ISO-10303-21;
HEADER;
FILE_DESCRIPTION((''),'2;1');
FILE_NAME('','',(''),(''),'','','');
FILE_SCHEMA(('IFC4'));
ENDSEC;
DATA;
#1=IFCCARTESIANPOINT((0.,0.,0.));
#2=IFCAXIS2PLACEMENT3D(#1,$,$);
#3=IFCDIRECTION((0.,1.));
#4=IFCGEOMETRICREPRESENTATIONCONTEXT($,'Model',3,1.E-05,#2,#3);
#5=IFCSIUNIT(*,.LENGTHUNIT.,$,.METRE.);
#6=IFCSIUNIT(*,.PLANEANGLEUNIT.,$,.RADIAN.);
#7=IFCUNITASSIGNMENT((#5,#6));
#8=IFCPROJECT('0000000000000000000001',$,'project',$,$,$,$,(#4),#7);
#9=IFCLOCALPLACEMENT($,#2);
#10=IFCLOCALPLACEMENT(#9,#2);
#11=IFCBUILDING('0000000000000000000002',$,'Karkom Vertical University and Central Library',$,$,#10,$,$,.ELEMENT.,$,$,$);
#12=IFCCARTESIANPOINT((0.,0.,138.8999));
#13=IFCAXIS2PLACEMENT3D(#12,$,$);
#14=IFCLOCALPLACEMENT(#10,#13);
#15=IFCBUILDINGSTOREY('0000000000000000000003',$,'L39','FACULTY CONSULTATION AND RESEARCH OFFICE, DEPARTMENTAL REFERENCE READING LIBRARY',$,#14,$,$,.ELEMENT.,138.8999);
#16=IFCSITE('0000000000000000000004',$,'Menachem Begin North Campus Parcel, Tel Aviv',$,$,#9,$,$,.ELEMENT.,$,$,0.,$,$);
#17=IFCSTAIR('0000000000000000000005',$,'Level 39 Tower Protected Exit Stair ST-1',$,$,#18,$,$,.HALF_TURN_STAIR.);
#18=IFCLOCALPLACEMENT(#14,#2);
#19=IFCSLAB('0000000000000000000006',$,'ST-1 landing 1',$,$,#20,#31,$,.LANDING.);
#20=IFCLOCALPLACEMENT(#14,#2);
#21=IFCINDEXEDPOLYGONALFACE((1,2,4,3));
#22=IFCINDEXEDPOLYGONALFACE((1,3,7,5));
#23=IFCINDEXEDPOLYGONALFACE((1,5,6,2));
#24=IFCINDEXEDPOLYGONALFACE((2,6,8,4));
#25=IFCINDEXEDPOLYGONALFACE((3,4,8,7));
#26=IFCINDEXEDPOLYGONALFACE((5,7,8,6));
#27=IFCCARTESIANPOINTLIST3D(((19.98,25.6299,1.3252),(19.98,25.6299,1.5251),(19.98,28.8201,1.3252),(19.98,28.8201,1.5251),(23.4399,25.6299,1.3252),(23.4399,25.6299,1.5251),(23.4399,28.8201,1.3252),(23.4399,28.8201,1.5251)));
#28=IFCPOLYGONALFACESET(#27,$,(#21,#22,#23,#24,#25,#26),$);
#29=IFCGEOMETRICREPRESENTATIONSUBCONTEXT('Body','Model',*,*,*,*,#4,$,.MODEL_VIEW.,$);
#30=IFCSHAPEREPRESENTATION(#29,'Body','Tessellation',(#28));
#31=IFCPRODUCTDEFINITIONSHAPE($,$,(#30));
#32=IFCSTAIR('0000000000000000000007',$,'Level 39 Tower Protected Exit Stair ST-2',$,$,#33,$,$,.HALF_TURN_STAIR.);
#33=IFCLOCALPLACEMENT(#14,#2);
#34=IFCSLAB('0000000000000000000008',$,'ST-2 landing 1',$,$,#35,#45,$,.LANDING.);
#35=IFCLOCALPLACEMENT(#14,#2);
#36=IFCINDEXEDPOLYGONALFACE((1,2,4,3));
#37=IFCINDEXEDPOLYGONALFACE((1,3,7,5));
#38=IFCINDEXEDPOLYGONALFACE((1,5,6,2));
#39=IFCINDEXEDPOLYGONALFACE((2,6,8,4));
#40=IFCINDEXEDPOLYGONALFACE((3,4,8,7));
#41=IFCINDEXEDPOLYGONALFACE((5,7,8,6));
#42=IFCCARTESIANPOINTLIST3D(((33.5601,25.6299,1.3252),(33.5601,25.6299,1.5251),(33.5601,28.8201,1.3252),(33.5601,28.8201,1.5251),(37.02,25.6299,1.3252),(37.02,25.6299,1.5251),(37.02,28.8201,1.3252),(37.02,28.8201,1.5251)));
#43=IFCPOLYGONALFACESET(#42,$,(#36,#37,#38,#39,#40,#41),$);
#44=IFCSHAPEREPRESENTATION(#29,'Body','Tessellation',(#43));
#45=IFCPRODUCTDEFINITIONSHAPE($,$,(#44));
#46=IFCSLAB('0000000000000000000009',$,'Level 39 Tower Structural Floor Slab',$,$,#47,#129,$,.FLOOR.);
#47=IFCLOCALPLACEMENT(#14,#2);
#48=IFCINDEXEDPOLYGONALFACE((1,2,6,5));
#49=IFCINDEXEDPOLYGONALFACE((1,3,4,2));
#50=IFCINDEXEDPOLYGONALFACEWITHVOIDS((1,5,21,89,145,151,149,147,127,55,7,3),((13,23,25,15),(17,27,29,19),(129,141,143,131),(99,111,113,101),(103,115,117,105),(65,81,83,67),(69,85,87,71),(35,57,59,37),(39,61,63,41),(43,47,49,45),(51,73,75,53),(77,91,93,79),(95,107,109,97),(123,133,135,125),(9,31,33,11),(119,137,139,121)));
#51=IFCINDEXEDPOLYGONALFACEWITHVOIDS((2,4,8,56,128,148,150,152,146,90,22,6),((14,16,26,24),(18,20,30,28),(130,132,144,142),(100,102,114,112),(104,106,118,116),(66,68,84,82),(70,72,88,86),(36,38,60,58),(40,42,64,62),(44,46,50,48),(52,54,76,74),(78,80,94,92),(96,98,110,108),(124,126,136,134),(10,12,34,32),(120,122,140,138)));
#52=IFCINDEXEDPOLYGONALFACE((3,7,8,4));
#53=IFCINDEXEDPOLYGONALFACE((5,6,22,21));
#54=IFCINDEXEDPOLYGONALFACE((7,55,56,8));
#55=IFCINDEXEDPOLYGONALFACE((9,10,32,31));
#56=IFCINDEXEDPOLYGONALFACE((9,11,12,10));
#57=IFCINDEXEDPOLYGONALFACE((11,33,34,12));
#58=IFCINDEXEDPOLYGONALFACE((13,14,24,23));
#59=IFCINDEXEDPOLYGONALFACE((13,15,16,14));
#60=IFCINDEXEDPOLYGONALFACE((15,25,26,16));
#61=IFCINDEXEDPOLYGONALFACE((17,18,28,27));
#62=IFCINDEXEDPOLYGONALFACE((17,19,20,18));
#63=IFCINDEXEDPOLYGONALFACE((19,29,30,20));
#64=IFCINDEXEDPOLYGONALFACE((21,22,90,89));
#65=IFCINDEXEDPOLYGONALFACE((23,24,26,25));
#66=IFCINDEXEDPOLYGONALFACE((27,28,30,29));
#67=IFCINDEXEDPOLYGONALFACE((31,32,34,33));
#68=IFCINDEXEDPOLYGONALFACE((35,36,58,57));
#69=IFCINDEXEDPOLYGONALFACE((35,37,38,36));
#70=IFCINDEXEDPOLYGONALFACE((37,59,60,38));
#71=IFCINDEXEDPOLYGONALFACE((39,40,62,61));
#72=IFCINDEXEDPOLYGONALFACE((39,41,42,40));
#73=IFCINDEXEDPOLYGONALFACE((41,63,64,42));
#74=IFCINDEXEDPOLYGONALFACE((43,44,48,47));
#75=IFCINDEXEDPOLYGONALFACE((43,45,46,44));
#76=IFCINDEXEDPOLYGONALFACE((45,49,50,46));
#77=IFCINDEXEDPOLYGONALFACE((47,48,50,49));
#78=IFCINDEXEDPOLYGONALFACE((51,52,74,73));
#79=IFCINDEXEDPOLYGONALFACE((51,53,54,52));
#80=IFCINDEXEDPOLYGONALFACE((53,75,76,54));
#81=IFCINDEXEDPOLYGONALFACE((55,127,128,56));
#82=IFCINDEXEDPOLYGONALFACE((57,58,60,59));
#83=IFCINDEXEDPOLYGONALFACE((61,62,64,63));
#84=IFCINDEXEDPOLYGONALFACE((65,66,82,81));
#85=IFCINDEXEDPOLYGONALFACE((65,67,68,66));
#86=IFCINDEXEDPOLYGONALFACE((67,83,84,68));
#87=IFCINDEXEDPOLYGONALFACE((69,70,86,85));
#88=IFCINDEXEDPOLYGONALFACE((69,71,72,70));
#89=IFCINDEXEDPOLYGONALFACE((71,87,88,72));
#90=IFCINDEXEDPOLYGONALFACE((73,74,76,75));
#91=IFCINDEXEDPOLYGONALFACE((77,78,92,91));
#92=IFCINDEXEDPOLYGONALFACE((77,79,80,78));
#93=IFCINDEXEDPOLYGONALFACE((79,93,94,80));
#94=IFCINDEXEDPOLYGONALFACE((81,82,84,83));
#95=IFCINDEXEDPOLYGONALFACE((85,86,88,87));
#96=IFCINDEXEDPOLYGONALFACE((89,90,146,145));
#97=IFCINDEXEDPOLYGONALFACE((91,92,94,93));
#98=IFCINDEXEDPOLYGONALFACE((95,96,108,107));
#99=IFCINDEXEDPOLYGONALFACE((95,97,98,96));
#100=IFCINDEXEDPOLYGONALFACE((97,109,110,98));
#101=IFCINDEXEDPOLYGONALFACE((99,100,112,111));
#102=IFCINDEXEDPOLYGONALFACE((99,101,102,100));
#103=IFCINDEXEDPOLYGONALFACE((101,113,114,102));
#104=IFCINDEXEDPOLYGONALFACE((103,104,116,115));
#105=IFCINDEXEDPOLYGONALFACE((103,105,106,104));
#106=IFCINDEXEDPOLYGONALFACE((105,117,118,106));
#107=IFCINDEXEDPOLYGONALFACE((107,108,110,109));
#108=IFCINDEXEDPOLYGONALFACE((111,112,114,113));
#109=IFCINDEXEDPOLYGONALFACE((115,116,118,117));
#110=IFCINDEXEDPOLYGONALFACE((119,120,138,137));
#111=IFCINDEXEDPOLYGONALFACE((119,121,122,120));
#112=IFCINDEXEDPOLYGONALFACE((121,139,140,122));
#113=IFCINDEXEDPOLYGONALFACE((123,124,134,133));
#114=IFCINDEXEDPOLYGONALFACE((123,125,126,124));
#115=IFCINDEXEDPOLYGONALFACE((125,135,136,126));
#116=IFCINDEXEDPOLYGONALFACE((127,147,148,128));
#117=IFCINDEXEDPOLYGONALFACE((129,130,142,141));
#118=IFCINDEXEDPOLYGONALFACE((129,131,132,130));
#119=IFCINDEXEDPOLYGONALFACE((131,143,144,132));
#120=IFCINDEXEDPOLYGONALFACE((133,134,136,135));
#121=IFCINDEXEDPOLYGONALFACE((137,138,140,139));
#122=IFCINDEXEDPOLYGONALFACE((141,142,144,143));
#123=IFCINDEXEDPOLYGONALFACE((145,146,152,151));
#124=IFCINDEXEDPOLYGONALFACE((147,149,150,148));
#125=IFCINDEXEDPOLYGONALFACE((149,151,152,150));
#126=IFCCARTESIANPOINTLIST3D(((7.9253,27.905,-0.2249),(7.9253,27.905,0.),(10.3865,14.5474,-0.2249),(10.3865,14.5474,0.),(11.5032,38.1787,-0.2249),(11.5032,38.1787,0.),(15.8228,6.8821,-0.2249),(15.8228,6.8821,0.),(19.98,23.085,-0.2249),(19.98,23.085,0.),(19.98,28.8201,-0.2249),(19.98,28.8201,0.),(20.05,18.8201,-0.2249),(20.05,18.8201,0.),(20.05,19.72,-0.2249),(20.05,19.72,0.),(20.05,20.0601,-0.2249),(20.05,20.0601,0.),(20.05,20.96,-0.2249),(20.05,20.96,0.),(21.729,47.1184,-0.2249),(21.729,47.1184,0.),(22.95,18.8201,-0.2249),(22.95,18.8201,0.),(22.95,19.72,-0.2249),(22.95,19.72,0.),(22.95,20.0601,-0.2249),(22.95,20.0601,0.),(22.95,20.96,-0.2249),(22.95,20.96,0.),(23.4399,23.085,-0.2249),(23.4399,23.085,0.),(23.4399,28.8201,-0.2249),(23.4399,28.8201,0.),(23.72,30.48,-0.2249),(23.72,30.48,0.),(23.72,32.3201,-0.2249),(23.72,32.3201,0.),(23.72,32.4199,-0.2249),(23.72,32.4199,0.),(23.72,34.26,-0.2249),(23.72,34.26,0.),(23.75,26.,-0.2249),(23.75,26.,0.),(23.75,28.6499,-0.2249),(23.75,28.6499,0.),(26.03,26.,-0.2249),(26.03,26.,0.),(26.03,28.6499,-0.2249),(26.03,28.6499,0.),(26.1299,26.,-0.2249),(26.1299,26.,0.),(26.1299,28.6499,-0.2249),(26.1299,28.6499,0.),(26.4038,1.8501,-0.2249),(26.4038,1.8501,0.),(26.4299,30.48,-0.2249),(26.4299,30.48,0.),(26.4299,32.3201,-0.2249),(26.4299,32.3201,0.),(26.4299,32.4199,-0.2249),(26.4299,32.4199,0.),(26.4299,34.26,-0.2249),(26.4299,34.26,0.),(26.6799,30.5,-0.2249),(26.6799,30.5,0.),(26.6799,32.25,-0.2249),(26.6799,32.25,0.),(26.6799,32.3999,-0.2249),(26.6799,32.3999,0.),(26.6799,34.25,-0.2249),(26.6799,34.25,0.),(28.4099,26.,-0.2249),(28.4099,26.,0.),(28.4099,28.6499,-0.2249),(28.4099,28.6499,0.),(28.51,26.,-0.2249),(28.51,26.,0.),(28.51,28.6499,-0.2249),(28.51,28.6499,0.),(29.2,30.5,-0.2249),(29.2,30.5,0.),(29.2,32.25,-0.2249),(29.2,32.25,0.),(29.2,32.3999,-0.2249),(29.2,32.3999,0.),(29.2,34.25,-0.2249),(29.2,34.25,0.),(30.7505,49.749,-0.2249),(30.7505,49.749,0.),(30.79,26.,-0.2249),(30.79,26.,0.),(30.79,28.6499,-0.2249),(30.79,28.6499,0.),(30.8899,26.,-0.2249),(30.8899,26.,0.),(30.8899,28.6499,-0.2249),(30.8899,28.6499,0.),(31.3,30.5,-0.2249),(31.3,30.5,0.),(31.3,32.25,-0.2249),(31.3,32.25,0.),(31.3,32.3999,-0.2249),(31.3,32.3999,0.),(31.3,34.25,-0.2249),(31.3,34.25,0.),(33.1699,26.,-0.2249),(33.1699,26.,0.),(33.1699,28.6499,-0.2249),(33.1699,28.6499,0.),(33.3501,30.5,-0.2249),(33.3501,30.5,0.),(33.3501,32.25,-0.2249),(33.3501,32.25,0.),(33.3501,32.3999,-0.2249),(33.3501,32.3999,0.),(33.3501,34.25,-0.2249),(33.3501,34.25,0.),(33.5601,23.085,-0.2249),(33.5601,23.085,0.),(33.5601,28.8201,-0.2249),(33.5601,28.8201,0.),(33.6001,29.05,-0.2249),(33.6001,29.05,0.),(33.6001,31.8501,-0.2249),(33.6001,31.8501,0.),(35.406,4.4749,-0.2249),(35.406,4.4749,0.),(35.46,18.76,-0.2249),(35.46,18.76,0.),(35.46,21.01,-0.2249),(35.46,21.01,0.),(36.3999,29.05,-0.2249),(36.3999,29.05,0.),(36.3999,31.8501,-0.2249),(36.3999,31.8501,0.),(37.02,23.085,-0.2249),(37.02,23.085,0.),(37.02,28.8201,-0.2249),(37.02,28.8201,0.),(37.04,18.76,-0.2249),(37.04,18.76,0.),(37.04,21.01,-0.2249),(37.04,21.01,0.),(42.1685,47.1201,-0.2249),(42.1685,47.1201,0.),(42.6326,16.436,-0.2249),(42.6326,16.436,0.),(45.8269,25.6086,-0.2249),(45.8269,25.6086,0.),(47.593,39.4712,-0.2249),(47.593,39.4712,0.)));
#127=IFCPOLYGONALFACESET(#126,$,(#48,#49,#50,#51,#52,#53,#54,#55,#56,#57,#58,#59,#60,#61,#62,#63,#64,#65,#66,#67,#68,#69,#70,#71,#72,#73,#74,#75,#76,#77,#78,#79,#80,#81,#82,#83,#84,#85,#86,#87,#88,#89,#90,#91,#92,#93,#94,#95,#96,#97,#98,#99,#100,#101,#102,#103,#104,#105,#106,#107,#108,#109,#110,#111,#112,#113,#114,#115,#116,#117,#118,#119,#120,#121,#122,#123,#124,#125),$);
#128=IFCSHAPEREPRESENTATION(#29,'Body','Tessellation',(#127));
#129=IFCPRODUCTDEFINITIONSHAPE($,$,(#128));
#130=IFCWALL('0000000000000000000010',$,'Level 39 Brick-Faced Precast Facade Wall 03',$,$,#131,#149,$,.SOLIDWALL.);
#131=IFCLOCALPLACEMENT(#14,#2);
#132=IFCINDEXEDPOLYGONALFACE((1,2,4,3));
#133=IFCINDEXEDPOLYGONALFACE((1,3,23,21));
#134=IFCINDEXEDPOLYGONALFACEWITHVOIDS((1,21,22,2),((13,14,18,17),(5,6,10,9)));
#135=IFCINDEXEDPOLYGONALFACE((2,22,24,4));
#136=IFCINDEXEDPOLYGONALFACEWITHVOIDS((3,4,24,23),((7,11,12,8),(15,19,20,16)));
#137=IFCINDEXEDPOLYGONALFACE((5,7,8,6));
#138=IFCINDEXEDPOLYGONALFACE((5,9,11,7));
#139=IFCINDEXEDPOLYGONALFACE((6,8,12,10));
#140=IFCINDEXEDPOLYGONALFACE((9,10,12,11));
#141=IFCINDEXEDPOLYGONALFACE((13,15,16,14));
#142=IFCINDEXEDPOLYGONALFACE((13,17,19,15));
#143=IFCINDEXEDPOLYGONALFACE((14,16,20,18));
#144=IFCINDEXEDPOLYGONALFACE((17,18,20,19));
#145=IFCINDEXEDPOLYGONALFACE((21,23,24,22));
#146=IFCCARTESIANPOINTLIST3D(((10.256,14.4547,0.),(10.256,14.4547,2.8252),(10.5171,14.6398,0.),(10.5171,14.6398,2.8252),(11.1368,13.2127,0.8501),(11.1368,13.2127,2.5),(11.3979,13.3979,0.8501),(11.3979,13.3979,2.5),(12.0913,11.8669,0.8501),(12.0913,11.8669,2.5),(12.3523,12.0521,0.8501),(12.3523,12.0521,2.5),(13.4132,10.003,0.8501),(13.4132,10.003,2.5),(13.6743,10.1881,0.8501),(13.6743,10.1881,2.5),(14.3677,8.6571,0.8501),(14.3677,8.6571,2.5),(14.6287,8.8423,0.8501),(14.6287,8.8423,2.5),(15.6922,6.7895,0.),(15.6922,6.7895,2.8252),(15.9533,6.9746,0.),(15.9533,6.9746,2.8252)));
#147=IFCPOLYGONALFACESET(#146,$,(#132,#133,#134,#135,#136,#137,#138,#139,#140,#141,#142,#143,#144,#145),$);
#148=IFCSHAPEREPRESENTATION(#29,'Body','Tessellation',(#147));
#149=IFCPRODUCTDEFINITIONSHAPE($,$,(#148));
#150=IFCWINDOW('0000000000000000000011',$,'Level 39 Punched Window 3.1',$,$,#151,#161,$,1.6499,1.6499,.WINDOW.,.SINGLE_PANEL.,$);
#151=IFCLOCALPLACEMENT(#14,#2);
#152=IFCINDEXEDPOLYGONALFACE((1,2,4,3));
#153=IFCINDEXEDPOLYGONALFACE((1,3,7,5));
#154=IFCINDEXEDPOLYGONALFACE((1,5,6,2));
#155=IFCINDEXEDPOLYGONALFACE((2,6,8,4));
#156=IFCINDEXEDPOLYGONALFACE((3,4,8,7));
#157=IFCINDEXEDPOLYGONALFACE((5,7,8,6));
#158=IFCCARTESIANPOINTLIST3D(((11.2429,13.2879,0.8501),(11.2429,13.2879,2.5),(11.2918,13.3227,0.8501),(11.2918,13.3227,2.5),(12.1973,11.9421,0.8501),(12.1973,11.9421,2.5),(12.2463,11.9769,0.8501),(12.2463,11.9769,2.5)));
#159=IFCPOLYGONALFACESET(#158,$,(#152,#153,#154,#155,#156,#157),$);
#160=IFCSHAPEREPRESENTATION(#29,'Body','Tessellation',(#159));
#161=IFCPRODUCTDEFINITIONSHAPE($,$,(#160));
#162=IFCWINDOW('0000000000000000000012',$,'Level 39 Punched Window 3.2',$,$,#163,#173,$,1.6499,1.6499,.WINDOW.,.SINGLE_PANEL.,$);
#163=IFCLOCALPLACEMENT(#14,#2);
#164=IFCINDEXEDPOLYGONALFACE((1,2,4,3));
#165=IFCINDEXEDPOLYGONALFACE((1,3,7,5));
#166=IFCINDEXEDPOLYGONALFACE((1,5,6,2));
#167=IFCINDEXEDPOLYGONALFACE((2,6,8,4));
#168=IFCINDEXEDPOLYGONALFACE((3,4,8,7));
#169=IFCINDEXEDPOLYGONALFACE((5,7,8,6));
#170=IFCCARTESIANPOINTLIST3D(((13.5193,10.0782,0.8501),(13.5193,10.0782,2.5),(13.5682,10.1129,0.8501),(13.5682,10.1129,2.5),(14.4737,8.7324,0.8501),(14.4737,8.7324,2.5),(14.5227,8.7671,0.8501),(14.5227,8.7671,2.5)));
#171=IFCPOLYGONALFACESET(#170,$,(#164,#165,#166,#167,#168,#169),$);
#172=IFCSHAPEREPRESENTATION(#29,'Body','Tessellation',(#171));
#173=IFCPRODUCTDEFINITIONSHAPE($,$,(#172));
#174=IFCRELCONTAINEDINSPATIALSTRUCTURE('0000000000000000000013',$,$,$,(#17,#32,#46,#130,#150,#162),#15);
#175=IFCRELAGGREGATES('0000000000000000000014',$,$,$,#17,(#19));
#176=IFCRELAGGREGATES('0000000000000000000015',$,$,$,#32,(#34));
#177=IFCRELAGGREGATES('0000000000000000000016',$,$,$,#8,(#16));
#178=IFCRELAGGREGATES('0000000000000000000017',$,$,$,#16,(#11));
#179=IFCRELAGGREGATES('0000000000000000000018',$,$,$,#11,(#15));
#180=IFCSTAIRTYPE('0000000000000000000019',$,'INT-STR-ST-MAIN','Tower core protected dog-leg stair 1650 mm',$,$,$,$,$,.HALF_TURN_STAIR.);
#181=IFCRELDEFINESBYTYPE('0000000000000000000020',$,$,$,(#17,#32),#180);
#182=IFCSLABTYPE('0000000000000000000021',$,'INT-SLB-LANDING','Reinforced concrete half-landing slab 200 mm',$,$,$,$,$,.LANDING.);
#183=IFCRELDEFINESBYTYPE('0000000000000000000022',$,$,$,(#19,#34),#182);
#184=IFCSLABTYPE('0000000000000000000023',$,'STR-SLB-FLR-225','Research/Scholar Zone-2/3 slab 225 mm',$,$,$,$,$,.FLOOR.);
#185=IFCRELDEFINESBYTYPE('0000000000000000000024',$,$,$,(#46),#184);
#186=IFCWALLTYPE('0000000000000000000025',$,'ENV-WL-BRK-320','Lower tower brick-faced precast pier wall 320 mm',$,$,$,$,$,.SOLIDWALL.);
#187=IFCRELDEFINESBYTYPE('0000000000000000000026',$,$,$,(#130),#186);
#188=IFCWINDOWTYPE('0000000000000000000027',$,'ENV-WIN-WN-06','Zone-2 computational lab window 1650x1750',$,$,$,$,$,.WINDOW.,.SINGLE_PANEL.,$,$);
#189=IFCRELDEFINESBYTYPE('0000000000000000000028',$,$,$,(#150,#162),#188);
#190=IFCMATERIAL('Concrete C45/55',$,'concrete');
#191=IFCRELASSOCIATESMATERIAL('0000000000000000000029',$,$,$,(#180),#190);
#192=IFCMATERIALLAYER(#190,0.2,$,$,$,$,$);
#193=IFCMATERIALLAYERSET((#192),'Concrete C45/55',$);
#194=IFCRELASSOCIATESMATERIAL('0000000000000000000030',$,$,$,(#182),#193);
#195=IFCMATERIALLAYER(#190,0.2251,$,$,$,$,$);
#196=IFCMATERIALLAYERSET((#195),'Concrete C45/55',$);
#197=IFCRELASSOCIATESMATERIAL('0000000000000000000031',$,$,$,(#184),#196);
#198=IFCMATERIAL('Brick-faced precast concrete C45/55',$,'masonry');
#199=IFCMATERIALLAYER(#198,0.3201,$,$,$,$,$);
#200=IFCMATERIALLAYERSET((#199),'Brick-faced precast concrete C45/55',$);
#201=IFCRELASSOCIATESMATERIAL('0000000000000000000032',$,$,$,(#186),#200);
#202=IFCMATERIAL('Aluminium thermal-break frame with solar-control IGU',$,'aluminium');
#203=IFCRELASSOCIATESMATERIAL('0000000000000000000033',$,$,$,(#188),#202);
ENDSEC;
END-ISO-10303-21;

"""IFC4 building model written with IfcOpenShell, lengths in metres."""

from ifc_helpers import new_model, si_unit, direction, frame, frame_2d, origin, origin_with_axes, place, context, subcontext, project, spatial, polyline, rectangle, outline, extrude, source, transform, mapped, material, layer, layer_set, type_object, element, fill, aggregate, save


model = new_model("IFC4")

# Units and contexts
model_context = context("Model", 3, precision=1e-05, world=origin(), true_north=direction((0.0, 1.0)))
body_context = subcontext(model_context, "Body", "Model", "MODEL_VIEW")
ifc_project = project(units=[si_unit("LENGTHUNIT", "METRE"), si_unit("PLANEANGLEUNIT", "RADIAN")], contexts=[model_context])

# Site, building, storey
site_placement = place(None, origin())
site = spatial("IfcSite", under=ifc_project, at=site_placement, Name="Menachem Begin North Campus Parcel, Tel Aviv", CompositionType="ELEMENT", RefElevation=0.0)
building_placement = place(site_placement, origin())
building = spatial("IfcBuilding", under=site, at=building_placement, Name="Karkom Vertical University and Central Library", CompositionType="ELEMENT")
storey_placement = place(building_placement, frame((0.0, 0.0, 138.8999)))
storey = spatial("IfcBuildingStorey", under=building, at=storey_placement, Name="L39", Description="FACULTY CONSULTATION AND RESEARCH OFFICE, DEPARTMENTAL REFERENCE READING LIBRARY", CompositionType="ELEMENT", Elevation=138.8999)

# Stairs, slabs
ifc_material_1 = material(Name="Concrete C45/55", Category="concrete")
stair_type = type_object("IfcStairType", Name="INT-STR-ST-MAIN", Description="Tower core protected dog-leg stair 1650 mm", PredefinedType="HALF_TURN_STAIR", material=ifc_material_1)
stair_1_placement = place(storey_placement, origin())
stair_1 = element("IfcStair", 1, at=stair_1_placement, inside=storey, type_object=stair_type, Name="Level 39 Tower Protected Exit Stair ST-1", PredefinedType="HALF_TURN_STAIR")
ifc_layer_1 = layer(ifc_material_1, 0.2)
ifc_layer_set_1 = layer_set([ifc_layer_1], Name="Concrete C45/55")
slab_type_1 = type_object("IfcSlabType", Name="INT-SLB-LANDING", Description="Reinforced concrete half-landing slab 200 mm", PredefinedType="LANDING", material=ifc_layer_set_1)
slab_1_placement = place(storey_placement, frame((0.0, 0.0, 1.3252)))
slab_1 = element("IfcSlab", 2, at=slab_1_placement, type_object=slab_type_1, Name="ST-1 landing 1", PredefinedType="LANDING", context=body_context, shape_type="SweptSolid", body=[
    extrude(outline(polyline([(23.4399, 25.6299), (23.4399, 28.8201), (19.98, 28.8201), (19.98, 25.6299), (23.4399, 25.6299)])), origin(), (0.0, 0.0, 1.0), 0.2),
])
aggregate(stair_1, [slab_1])
stair_2_placement = place(storey_placement, origin())
stair_2 = element("IfcStair", 3, at=stair_2_placement, inside=storey, type_object=stair_type, Name="Level 39 Tower Protected Exit Stair ST-2", PredefinedType="HALF_TURN_STAIR")
slab_2_placement = place(storey_placement, frame((0.0, 0.0, 1.3252)))
slab_2 = element("IfcSlab", 4, at=slab_2_placement, type_object=slab_type_1, Name="ST-2 landing 1", PredefinedType="LANDING", context=body_context, shape_type="SweptSolid", body=[
    extrude(outline(polyline([(37.02, 25.6299), (37.02, 28.8201), (33.5601, 28.8201), (33.5601, 25.6299), (37.02, 25.6299)])), origin(), (0.0, 0.0, 1.0), 0.2),
])
aggregate(stair_2, [slab_2])

# Slab
ifc_layer_2 = layer(ifc_material_1, 0.2251)
ifc_layer_set_2 = layer_set([ifc_layer_2], Name="Concrete C45/55")
slab_type_2 = type_object("IfcSlabType", Name="STR-SLB-FLR-225", Description="Research/Scholar Zone-2/3 slab 225 mm", PredefinedType="FLOOR", material=ifc_layer_set_2)
slab_3_placement = place(storey_placement, frame((0.0, 0.0, -0.2249)))
element("IfcSlab", 5, at=slab_3_placement, inside=storey, type_object=slab_type_2, Name="Level 39 Tower Structural Floor Slab", PredefinedType="FLOOR", context=body_context, shape_type="SweptSolid", body=[
    extrude(outline(polyline([(11.5032, 38.1787), (7.9253, 27.905), (10.3865, 14.5474), (15.8228, 6.8821), (26.4038, 1.8501), (35.406, 4.4749), (42.6326, 16.436), (45.8269, 25.6086), (47.593, 39.4712), (42.1685, 47.1201), (30.7505, 49.749), (21.729, 47.1184), (11.5032, 38.1787)]), holes=[polyline([(19.98, 23.085), (23.4399, 23.085), (23.4399, 28.8201), (19.98, 28.8201), (19.98, 23.085)]), polyline([(33.5601, 23.085), (37.02, 23.085), (37.02, 28.8201), (33.5601, 28.8201), (33.5601, 23.085)]), polyline([(23.75, 26.0), (26.03, 26.0), (26.03, 28.6499), (23.75, 28.6499), (23.75, 26.0)]), polyline([(26.1299, 26.0), (28.4099, 26.0), (28.4099, 28.6499), (26.1299, 28.6499), (26.1299, 26.0)]), polyline([(28.51, 26.0), (30.79, 26.0), (30.79, 28.6499), (28.51, 28.6499), (28.51, 26.0)]), polyline([(30.8899, 26.0), (33.1699, 26.0), (33.1699, 28.6499), (30.8899, 28.6499), (30.8899, 26.0)]), polyline([(26.6799, 30.5), (29.2, 30.5), (29.2, 32.25), (26.6799, 32.25), (26.6799, 30.5)]), polyline([(26.6799, 32.3999), (29.2, 32.3999), (29.2, 34.25), (26.6799, 34.25), (26.6799, 32.3999)]), polyline([(31.3, 30.5), (33.3501, 30.5), (33.3501, 32.25), (31.3, 32.25), (31.3, 30.5)]), polyline([(31.3, 32.3999), (33.3501, 32.3999), (33.3501, 34.25), (31.3, 34.25), (31.3, 32.3999)]), polyline([(23.72, 30.48), (26.4299, 30.48), (26.4299, 32.3201), (23.72, 32.3201), (23.72, 30.48)]), polyline([(23.72, 32.4199), (26.4299, 32.4199), (26.4299, 34.26), (23.72, 34.26), (23.72, 32.4199)]), polyline([(33.6001, 29.05), (36.3999, 29.05), (36.3999, 31.8501), (33.6001, 31.8501), (33.6001, 29.05)]), polyline([(20.05, 18.8201), (22.95, 18.8201), (22.95, 19.72), (20.05, 19.72), (20.05, 18.8201)]), polyline([(20.05, 20.0601), (22.95, 20.0601), (22.95, 20.96), (20.05, 20.96), (20.05, 20.0601)]), polyline([(35.46, 18.76), (37.04, 18.76), (37.04, 21.01), (35.46, 21.01), (35.46, 18.76)])]), origin(), (0.0, 0.0, 1.0), 0.2249),
])

# Wall, openings, windows
ifc_material_2 = material(Name="Brick-faced precast concrete C45/55", Category="masonry")
ifc_layer_3 = layer(ifc_material_2, 0.3201)
ifc_layer_set_3 = layer_set([ifc_layer_3], Name="Brick-faced precast concrete C45/55")
wall_type_1 = type_object("IfcWallType", Name="ENV-WL-BRK-320", Description="Lower tower brick-faced precast pier wall 320 mm", PredefinedType="SOLIDWALL", material=ifc_layer_set_3)
wall_1_placement = place(storey_placement, frame((10.3865, 14.5474, 0.0), z_axis=(0.0, 0.0, 1.0), x_axis=(0.578492, -0.815688, 0.0)))
wall_1 = element("IfcWall", 6, at=wall_1_placement, inside=storey, type_object=wall_type_1, Name="Level 39 Brick-Faced Precast Facade Wall 03", PredefinedType="SOLIDWALL", context=body_context, shape_type="SweptSolid", body=[
    extrude(rectangle(XDim=9.3972, YDim=0.3201, at=frame_2d((4.6987, 0.0))), origin(), (0.0, 0.0, 1.0), 2.8252),
])
opening_1_placement = place(wall_1_placement, frame((1.5227, 0.0, 0.8501)))
opening_1 = element("IfcOpeningElement", 7, at=opening_1_placement, cuts=wall_1, PredefinedType="OPENING", context=body_context, shape_type="SweptSolid", body=[
    extrude(rectangle(XDim=1.6499, YDim=1.6499, at=frame_2d((0.825, 0.825))), frame((0.0, 0.1699, 0.0), z_axis=(0.0, -1.0, 0.0), x_axis=(1.0, 0.0, 0.0)), (0.0, 0.0, 1.0), 0.3401),
])
opening_2_placement = place(wall_1_placement, frame((5.4578, 0.0, 0.8501)))
opening_2 = element("IfcOpeningElement", 8, at=opening_2_placement, cuts=wall_1, PredefinedType="OPENING", context=body_context, shape_type="SweptSolid", body=[
    extrude(rectangle(XDim=1.6499, YDim=1.6499, at=frame_2d((0.825, 0.825))), frame((0.0, 0.1699, 0.0), z_axis=(0.0, -1.0, 0.0), x_axis=(1.0, 0.0, 0.0)), (0.0, 0.0, 1.0), 0.3401),
])
ifc_material_3 = material(Name="Aluminium thermal-break frame with solar-control IGU", Category="aluminium")
window_type_1 = type_object("IfcWindowType", Name="ENV-WIN-WN-06", Description="Zone-2 computational lab window 1650x1750", PartitioningType="SINGLE_PANEL", PredefinedType="WINDOW", material=ifc_material_3)
shared_shape_1 = source(origin_with_axes(), body_context, "Body", "SweptSolid", [
    extrude(rectangle(XDim=1.6499, YDim=1.6499, at=frame_2d((0.825, 0.825))), frame((0.0, 0.03, 0.0), z_axis=(0.0, -1.0, 0.0), x_axis=(1.0, 0.0, 0.0)), (0.0, 0.0, 1.0), 0.0601),
])
window_1_placement = place(opening_1_placement, origin())
window_1 = element("IfcWindow", 9, at=window_1_placement, inside=storey, type_object=window_type_1, Name="Level 39 Punched Window 3.1", OverallHeight=1.6499, OverallWidth=1.6499, PartitioningType="SINGLE_PANEL", PredefinedType="WINDOW", context=body_context, shape_type="MappedRepresentation", body=[
    mapped(shared_shape_1, transform((0.0, 0.0, 0.0), scale=1.0)),
])
fill(opening_1, window_1)
window_2_placement = place(opening_2_placement, origin())
window_2 = element("IfcWindow", 10, at=window_2_placement, inside=storey, type_object=window_type_1, Name="Level 39 Punched Window 3.2", OverallHeight=1.6499, OverallWidth=1.6499, PartitioningType="SINGLE_PANEL", PredefinedType="WINDOW", context=body_context, shape_type="MappedRepresentation", body=[
    mapped(shared_shape_1, transform((0.0, 0.0, 0.0), scale=1.0)),
])
fill(opening_2, window_2)

save(model, "model.ifc")
